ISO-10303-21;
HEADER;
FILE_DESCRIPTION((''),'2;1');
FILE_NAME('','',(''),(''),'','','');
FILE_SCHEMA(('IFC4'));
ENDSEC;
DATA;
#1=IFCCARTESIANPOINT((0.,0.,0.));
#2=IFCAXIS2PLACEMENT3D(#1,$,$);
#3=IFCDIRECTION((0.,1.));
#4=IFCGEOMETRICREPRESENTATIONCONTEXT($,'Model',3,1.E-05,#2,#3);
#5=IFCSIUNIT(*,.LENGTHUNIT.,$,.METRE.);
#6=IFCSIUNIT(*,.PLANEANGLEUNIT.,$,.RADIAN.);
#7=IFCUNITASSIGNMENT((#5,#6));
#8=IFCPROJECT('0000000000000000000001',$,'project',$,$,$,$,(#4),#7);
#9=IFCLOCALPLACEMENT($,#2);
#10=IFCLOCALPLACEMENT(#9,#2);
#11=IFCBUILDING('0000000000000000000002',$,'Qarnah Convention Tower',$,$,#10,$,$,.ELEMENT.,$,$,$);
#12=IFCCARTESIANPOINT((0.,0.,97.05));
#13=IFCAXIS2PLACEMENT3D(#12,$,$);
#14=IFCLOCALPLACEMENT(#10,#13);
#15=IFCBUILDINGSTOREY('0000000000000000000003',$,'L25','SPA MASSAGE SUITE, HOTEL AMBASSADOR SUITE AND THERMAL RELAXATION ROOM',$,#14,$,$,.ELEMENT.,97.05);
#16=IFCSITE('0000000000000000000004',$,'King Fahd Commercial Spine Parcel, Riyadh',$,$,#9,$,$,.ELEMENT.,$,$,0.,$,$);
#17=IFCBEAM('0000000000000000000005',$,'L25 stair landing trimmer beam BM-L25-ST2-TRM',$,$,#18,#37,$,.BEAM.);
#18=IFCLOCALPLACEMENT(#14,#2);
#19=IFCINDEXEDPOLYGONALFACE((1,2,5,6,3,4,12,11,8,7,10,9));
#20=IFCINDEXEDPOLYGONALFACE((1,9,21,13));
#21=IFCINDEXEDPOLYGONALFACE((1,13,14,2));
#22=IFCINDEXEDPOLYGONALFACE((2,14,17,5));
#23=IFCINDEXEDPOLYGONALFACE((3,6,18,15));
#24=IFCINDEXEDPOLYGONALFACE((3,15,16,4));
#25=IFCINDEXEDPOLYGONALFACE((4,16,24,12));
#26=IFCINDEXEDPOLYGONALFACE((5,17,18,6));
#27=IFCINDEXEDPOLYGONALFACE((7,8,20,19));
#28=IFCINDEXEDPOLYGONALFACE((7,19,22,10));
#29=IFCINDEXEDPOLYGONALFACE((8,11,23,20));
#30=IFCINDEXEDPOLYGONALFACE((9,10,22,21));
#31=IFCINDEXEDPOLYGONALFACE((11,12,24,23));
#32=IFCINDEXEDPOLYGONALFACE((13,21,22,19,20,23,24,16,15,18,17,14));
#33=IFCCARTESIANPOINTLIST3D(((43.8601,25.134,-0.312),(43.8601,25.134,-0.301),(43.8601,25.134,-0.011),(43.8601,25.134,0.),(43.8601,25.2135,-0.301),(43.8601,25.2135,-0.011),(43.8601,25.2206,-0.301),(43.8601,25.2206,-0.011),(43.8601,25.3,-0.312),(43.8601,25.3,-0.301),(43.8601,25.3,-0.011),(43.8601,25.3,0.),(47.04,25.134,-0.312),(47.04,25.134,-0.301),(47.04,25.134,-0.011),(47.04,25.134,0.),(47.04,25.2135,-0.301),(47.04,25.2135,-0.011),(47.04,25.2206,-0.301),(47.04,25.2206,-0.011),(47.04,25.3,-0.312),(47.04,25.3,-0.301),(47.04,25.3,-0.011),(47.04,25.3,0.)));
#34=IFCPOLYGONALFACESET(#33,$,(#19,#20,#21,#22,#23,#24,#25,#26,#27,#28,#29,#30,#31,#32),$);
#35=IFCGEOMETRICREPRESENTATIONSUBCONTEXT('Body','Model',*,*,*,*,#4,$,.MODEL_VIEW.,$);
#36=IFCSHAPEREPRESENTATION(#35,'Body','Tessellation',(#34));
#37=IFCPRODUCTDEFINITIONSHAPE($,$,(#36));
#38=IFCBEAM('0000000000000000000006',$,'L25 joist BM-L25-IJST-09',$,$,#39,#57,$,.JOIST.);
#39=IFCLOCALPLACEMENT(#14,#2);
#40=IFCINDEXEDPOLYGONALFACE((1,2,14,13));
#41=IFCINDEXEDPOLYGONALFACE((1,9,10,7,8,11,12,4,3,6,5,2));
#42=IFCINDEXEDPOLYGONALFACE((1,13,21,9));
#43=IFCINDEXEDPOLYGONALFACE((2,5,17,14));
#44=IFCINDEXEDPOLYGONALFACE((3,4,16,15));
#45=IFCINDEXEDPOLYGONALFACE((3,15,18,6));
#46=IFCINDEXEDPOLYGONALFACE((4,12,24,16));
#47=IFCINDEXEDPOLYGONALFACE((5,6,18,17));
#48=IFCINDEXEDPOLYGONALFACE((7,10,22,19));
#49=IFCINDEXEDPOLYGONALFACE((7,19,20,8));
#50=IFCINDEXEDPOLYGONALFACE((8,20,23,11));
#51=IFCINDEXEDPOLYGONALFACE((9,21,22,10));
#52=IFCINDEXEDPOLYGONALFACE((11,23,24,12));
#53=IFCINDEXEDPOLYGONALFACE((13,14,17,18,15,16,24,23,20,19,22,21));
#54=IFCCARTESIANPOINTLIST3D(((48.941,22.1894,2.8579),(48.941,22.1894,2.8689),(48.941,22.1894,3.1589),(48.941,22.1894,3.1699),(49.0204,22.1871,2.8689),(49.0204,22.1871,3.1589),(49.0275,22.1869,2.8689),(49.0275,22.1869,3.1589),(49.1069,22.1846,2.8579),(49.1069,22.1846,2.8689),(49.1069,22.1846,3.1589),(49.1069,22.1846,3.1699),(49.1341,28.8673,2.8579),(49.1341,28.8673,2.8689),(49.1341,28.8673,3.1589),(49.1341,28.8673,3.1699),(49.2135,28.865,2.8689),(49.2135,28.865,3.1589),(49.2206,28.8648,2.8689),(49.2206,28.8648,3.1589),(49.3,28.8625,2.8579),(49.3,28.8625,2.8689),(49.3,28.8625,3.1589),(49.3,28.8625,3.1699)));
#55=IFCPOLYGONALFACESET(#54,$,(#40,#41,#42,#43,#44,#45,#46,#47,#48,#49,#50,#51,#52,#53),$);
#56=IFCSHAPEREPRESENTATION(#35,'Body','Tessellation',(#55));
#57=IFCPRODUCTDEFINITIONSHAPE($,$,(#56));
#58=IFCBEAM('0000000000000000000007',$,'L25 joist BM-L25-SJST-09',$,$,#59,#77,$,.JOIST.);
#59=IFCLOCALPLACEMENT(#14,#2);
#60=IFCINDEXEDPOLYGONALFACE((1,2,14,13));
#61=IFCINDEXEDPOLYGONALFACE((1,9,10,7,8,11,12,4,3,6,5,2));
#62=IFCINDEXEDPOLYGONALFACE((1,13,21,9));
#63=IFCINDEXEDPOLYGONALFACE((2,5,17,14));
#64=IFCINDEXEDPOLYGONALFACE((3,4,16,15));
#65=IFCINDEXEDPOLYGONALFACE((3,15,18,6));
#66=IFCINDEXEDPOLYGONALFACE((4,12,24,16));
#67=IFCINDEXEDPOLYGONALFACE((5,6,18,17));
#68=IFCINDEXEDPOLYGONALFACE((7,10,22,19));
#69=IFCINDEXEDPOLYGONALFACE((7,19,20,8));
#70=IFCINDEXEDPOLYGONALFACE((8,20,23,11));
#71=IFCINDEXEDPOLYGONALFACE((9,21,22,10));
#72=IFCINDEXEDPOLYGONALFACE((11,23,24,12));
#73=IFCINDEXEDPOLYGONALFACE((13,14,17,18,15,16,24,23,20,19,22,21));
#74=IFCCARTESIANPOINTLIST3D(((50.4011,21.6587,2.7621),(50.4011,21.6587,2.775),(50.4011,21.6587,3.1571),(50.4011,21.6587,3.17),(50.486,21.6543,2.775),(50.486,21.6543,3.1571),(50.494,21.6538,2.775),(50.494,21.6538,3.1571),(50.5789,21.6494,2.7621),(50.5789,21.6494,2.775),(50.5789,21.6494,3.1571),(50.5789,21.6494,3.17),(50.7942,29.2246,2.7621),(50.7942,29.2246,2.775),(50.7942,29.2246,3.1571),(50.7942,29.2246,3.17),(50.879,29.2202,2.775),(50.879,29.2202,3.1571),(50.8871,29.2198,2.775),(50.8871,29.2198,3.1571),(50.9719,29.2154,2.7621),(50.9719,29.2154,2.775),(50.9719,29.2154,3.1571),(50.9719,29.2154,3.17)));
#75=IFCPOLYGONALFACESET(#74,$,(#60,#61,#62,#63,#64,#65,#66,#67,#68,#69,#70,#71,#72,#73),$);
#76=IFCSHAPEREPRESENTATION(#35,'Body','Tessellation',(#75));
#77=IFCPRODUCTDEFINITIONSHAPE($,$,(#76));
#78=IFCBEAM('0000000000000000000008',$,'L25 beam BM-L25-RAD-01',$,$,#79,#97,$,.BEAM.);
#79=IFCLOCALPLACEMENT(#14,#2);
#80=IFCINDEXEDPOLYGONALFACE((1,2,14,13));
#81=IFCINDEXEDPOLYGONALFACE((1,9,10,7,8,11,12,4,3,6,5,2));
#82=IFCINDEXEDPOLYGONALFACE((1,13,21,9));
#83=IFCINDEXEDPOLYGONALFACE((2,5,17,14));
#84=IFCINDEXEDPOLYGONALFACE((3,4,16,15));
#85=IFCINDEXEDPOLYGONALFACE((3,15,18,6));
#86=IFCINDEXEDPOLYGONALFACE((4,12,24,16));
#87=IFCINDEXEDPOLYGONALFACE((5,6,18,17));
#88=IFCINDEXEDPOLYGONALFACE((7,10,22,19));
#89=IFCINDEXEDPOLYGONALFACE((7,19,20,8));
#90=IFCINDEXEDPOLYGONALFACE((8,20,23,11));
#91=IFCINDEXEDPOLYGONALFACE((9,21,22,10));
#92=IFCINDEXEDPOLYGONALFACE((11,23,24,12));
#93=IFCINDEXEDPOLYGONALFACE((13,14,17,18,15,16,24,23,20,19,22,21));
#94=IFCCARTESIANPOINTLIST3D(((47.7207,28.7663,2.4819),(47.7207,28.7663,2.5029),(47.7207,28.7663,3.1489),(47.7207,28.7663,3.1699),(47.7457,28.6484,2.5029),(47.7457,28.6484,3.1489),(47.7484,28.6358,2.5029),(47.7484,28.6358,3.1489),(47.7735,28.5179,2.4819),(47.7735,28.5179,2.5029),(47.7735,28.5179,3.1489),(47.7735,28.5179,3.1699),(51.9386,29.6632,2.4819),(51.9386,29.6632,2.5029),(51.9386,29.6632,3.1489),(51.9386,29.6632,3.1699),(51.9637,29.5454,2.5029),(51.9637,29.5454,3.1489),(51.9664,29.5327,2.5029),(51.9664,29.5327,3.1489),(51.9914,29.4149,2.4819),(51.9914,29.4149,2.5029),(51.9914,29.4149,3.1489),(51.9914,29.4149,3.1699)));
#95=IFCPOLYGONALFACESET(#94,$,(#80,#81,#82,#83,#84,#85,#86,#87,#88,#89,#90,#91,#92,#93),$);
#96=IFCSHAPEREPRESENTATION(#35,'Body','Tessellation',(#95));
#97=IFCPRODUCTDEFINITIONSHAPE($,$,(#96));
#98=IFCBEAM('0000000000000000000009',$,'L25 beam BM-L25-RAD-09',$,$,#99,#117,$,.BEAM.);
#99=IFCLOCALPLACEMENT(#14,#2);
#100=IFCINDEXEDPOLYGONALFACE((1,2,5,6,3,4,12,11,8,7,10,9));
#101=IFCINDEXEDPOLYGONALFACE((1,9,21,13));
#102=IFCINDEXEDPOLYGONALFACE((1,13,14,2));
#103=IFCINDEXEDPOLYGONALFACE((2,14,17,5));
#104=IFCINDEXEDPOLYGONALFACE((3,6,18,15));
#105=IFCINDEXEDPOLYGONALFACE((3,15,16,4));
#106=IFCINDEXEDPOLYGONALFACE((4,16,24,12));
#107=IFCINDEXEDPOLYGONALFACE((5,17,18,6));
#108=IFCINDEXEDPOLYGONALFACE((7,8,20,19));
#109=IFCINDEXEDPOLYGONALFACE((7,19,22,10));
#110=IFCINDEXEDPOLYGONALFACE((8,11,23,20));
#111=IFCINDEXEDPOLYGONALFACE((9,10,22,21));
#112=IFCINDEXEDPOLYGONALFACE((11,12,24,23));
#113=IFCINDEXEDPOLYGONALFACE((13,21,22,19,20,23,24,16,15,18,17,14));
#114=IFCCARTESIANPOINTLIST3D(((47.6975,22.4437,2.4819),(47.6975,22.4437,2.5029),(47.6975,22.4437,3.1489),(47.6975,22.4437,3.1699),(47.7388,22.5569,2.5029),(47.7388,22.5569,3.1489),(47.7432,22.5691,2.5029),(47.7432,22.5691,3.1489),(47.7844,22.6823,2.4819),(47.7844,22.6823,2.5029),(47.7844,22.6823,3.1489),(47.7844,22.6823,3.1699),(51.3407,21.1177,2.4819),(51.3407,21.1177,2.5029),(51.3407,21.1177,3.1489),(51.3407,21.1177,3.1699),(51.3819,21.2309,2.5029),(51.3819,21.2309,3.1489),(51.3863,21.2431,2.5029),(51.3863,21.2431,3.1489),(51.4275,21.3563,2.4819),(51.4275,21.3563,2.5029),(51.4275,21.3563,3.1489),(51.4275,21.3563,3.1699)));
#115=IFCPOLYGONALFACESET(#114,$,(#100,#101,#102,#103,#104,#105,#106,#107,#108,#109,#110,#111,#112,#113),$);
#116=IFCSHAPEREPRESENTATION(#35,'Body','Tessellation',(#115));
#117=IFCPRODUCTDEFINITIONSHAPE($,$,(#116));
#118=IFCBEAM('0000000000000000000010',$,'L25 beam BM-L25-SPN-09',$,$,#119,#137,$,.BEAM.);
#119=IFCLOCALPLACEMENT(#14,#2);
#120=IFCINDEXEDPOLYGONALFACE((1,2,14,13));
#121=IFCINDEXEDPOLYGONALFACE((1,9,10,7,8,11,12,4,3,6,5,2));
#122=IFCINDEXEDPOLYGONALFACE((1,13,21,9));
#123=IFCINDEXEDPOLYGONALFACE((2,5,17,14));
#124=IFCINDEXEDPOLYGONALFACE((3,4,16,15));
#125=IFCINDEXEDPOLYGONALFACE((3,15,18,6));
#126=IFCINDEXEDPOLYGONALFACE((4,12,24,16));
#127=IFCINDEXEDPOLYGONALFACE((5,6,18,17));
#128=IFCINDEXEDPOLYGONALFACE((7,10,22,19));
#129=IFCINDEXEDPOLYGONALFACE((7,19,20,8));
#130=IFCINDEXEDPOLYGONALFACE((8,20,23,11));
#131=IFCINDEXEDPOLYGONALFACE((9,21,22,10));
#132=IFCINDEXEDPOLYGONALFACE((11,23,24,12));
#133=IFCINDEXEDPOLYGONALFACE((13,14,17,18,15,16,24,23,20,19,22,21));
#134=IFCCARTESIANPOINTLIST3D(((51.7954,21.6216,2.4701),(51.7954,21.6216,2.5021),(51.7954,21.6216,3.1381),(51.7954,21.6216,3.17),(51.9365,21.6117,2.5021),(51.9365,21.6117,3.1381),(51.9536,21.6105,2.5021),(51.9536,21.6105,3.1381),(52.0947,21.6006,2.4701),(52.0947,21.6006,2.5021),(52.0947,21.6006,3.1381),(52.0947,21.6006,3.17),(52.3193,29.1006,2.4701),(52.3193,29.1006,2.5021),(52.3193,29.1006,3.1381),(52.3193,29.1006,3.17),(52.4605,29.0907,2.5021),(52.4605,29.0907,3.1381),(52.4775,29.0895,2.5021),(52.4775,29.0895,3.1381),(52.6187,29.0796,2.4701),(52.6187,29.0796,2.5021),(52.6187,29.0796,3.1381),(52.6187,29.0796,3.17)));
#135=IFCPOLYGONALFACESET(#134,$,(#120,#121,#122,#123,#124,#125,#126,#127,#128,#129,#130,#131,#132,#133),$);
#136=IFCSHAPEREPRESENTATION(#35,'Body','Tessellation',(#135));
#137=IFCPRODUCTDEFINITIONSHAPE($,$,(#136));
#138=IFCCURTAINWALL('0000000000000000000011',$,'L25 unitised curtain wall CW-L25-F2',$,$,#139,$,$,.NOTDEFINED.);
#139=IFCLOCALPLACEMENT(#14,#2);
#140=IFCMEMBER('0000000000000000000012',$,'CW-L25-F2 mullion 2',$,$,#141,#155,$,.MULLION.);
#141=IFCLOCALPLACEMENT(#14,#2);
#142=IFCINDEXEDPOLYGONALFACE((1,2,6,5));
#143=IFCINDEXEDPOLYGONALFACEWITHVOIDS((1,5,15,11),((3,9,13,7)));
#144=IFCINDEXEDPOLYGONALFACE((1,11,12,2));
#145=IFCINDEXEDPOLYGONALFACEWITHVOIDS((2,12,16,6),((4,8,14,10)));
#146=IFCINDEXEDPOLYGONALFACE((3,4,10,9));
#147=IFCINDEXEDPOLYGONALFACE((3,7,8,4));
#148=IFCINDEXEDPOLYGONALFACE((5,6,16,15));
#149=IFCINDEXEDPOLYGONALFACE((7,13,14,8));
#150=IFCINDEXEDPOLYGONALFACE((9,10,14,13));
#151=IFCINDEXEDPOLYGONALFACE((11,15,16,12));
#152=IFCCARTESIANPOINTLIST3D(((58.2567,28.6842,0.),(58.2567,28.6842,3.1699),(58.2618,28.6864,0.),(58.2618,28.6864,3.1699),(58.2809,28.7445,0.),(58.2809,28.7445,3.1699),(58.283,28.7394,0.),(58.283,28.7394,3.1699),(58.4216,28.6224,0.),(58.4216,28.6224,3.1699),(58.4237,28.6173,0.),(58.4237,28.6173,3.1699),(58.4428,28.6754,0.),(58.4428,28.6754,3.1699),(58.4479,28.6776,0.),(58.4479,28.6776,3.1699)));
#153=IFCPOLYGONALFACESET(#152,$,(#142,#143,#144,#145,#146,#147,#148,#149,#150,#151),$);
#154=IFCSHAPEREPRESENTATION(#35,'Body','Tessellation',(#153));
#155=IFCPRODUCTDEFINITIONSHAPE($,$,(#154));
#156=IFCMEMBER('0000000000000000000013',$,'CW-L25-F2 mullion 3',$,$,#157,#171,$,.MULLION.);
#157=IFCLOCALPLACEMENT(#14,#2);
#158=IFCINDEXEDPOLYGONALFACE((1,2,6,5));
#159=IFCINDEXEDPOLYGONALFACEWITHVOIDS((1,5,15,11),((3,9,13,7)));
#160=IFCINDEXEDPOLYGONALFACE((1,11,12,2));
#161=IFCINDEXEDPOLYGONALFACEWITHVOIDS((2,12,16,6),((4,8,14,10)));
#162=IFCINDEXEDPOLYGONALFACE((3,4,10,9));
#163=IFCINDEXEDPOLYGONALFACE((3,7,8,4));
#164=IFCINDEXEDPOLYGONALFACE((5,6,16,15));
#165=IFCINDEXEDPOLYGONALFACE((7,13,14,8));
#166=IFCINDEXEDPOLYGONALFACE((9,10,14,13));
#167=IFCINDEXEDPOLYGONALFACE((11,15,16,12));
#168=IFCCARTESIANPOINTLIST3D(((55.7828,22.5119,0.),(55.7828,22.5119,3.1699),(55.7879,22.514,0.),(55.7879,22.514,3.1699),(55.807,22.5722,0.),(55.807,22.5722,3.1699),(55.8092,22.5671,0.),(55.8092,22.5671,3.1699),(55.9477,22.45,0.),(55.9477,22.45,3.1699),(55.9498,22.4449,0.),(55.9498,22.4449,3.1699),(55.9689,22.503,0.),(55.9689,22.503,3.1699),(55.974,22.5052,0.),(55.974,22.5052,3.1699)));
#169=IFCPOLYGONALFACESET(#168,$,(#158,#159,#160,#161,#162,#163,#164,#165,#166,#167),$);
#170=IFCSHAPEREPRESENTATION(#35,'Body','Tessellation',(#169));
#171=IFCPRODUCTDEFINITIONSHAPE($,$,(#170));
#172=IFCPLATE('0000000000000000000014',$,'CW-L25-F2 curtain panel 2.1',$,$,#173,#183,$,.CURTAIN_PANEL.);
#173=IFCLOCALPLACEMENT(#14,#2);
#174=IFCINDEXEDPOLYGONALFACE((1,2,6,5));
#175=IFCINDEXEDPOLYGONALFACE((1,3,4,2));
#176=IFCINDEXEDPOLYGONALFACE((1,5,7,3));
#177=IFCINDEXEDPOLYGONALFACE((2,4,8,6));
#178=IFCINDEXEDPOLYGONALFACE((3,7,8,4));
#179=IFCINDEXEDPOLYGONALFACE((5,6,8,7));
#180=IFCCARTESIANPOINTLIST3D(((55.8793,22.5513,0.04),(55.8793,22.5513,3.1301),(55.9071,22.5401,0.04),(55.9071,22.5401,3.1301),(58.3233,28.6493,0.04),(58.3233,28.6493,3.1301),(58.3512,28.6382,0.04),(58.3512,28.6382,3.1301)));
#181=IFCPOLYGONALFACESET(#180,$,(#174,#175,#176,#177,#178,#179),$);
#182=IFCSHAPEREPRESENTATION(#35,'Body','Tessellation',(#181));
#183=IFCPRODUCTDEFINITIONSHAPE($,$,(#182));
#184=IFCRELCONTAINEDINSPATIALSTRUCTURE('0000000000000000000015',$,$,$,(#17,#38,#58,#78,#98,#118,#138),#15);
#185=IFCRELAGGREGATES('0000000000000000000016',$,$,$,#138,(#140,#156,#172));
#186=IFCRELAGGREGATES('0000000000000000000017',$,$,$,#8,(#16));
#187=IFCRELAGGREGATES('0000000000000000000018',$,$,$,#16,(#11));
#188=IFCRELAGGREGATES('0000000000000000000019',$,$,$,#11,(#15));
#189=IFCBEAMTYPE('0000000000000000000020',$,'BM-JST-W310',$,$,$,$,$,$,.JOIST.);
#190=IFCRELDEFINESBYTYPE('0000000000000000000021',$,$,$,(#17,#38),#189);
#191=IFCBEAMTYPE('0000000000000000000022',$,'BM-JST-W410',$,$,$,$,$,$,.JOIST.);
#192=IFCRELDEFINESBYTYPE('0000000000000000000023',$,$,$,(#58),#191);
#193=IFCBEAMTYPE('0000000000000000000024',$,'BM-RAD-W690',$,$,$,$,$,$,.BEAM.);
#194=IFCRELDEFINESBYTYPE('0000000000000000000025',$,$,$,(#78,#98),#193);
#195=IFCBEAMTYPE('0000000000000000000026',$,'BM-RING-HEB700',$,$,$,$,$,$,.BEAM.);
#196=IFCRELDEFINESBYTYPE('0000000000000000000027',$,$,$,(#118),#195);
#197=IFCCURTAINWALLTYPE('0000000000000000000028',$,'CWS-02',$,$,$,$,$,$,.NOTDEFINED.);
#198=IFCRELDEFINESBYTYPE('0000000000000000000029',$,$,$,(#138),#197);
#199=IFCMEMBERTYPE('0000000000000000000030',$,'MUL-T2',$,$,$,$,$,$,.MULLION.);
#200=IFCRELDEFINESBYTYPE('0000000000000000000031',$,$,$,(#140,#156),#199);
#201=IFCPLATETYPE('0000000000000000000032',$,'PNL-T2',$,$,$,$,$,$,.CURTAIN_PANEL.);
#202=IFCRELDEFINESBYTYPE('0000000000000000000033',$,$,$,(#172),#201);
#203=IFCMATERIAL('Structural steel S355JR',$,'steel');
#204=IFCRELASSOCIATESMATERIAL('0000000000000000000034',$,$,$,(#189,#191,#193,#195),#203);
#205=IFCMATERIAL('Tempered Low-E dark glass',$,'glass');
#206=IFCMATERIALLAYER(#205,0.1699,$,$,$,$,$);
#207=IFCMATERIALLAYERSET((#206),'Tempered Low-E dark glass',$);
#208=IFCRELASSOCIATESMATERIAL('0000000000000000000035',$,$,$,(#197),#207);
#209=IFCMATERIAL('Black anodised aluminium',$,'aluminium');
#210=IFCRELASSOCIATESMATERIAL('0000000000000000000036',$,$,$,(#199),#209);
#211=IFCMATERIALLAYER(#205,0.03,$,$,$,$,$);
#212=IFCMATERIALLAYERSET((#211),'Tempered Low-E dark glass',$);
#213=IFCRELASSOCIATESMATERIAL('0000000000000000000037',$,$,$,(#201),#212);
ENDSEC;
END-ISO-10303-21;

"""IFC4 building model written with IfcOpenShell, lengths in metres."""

from ifc_helpers import new_model, si_unit, direction, frame, origin, origin_2d, place, context, subcontext, project, spatial, rectangle, hollow_rectangle, i_section, extrude, material, layer, layer_set, material_profile, profile_set, type_object, element, aggregate, save


model = new_model("IFC4")

# Units and contexts
model_context = context("Model", 3, precision=1e-05, world=origin(), true_north=direction((0.0, 1.0)))
body_context = subcontext(model_context, "Body", "Model", "MODEL_VIEW")
ifc_project = project(units=[si_unit("LENGTHUNIT", "METRE"), si_unit("PLANEANGLEUNIT", "RADIAN")], contexts=[model_context])

# Site, building, storey
site_placement = place(None, origin())
site = spatial("IfcSite", under=ifc_project, at=site_placement, Name="King Fahd Commercial Spine Parcel, Riyadh", CompositionType="ELEMENT", RefElevation=0.0)
building_placement = place(site_placement, origin())
building = spatial("IfcBuilding", under=site, at=building_placement, Name="Qarnah Convention Tower", CompositionType="ELEMENT")
storey_placement = place(building_placement, frame((0.0, 0.0, 97.05)))
storey = spatial("IfcBuildingStorey", under=building, at=storey_placement, Name="L25", Description="SPA MASSAGE SUITE, HOTEL AMBASSADOR SUITE AND THERMAL RELAXATION ROOM", CompositionType="ELEMENT", Elevation=97.05)

# Beams
ifc_material_1 = material(Name="Structural steel S355JR", Category="steel")
ifc_material_profile_1 = material_profile(ifc_material_1, i_section(OverallWidth=0.166, OverallDepth=0.312, WebThickness=0.0071, FlangeThickness=0.011, at=origin_2d()), Name="W310X45")
ifc_profile_set_1 = profile_set([ifc_material_profile_1], Name="Structural steel S355JR")
beam_type_1 = type_object("IfcBeamType", Name="BM-JST-W310", PredefinedType="JOIST", material=ifc_profile_set_1)
beam_1_placement = place(storey_placement, frame((43.8601, 25.217, -0.156), z_axis=(1.0, 0.0, 0.0), x_axis=(0.0, 1.0, 0.0)))
element("IfcBeam", 1, at=beam_1_placement, inside=storey, type_object=beam_type_1, Name="L25 stair landing trimmer beam BM-L25-ST2-TRM", PredefinedType="BEAM", context=body_context, shape_type="SweptSolid", body=[
    extrude(i_section(OverallWidth=0.166, OverallDepth=0.312, WebThickness=0.0071, FlangeThickness=0.011, at=origin_2d()), origin(), (0.0, 0.0, 1.0), 3.1799),
])
beam_2_placement = place(storey_placement, frame((49.0239, 22.187, 3.0139), z_axis=(0.028906, 0.999582, 0.0), x_axis=(-0.999582, 0.028906, 0.0)))
element("IfcBeam", 2, at=beam_2_placement, inside=storey, type_object=beam_type_1, Name="L25 joist BM-L25-IJST-09", PredefinedType="JOIST", context=body_context, shape_type="SweptSolid", body=[
    extrude(i_section(OverallWidth=0.166, OverallDepth=0.312, WebThickness=0.0071, FlangeThickness=0.011, at=origin_2d()), origin(), (0.0, 0.0, 1.0), 6.6807),
])
ifc_material_profile_2 = material_profile(ifc_material_1, i_section(OverallWidth=0.178, OverallDepth=0.408, WebThickness=0.0081, FlangeThickness=0.0129, at=origin_2d()), Name="W410X60")
ifc_profile_set_2 = profile_set([ifc_material_profile_2], Name="Structural steel S355JR")
beam_type_2 = type_object("IfcBeamType", Name="BM-JST-W410", PredefinedType="JOIST", material=ifc_profile_set_2)
beam_3_placement = place(storey_placement, frame((50.49, 21.6541, 2.9661), z_axis=(0.051882, 0.998653, 0.0), x_axis=(-0.998653, 0.051882, 0.0)))
element("IfcBeam", 3, at=beam_3_placement, inside=storey, type_object=beam_type_2, Name="L25 joist BM-L25-SJST-09", PredefinedType="JOIST", context=body_context, shape_type="SweptSolid", body=[
    extrude(i_section(OverallWidth=0.178, OverallDepth=0.408, WebThickness=0.0081, FlangeThickness=0.0129, at=origin_2d()), origin(), (0.0, 0.0, 1.0), 7.5762),
])
ifc_material_profile_3 = material_profile(ifc_material_1, i_section(OverallWidth=0.2539, OverallDepth=0.688, WebThickness=0.0129, FlangeThickness=0.021, at=origin_2d()), Name="W690X152")
ifc_profile_set_3 = profile_set([ifc_material_profile_3], Name="Structural steel S355JR")
beam_type_3 = type_object("IfcBeamType", Name="BM-RAD-W690", PredefinedType="BEAM", material=ifc_profile_set_3)
beam_4_placement = place(storey_placement, frame((47.7471, 28.6421, 2.8259), z_axis=(0.978128, 0.208002, 0.0), x_axis=(-0.208002, 0.978128, 0.0)))
element("IfcBeam", 4, at=beam_4_placement, inside=storey, type_object=beam_type_3, Name="L25 beam BM-L25-RAD-01", PredefinedType="BEAM", context=body_context, shape_type="SweptSolid", body=[
    extrude(i_section(OverallWidth=0.2539, OverallDepth=0.688, WebThickness=0.0129, FlangeThickness=0.021, at=origin_2d()), origin(), (0.0, 0.0, 1.0), 4.3123),
])
beam_5_placement = place(storey_placement, frame((47.741, 22.563, 2.8259), z_axis=(0.939696, -0.342011, 0.0), x_axis=(0.342011, 0.939696, 0.0)))
element("IfcBeam", 5, at=beam_5_placement, inside=storey, type_object=beam_type_3, Name="L25 beam BM-L25-RAD-09", PredefinedType="BEAM", context=body_context, shape_type="SweptSolid", body=[
    extrude(i_section(OverallWidth=0.2539, OverallDepth=0.688, WebThickness=0.0129, FlangeThickness=0.021, at=origin_2d()), origin(), (0.0, 0.0, 1.0), 3.877),
])
ifc_material_profile_4 = material_profile(ifc_material_1, i_section(OverallWidth=0.3, OverallDepth=0.7, WebThickness=0.0171, FlangeThickness=0.032, at=origin_2d()), Name="HEB700")
ifc_profile_set_4 = profile_set([ifc_material_profile_4], Name="Structural steel S355JR")
beam_type_4 = type_object("IfcBeamType", Name="BM-RING-HEB700", PredefinedType="BEAM", material=ifc_profile_set_4)
beam_6_placement = place(storey_placement, frame((51.9451, 21.6111, 2.8201), z_axis=(0.069882, 0.997555, 0.0), x_axis=(-0.997555, 0.069882, 0.0)))
element("IfcBeam", 6, at=beam_6_placement, inside=storey, type_object=beam_type_4, Name="L25 beam BM-L25-SPN-09", PredefinedType="BEAM", context=body_context, shape_type="SweptSolid", body=[
    extrude(i_section(OverallWidth=0.3, OverallDepth=0.7, WebThickness=0.0171, FlangeThickness=0.032, at=origin_2d()), origin(), (0.0, 0.0, 1.0), 7.4973),
])

# Curtain wall, members, plate
ifc_material_2 = material(Name="Tempered Low-E dark glass", Category="glass")
ifc_layer_1 = layer(ifc_material_2, 0.1699)
ifc_layer_set_1 = layer_set([ifc_layer_1], Name="Tempered Low-E dark glass")
curtain_wall_type = type_object("IfcCurtainWallType", Name="CWS-02", PredefinedType="NOTDEFINED", material=ifc_layer_set_1)
curtain_wall_placement = place(storey_placement, origin())
curtain_wall = element("IfcCurtainWall", 7, at=curtain_wall_placement, inside=storey, type_object=curtain_wall_type, Name="L25 unitised curtain wall CW-L25-F2", PredefinedType="NOTDEFINED")
ifc_material_3 = material(Name="Black anodised aluminium", Category="aluminium")
ifc_material_profile_5 = material_profile(ifc_material_3, hollow_rectangle(XDim=0.0649, YDim=0.1799, WallThickness=0.0039, at=origin_2d()), Name="MUL-65X180")
ifc_profile_set_5 = profile_set([ifc_material_profile_5], Name="Black anodised aluminium")
member_type = type_object("IfcMemberType", Name="MUL-T2", PredefinedType="MULLION", material=ifc_profile_set_5)
member_1_placement = place(storey_placement, frame((58.3523, 28.6809, 0.0), z_axis=(0.0, 0.0, 1.0), x_axis=(-0.372028, -0.928221, 0.0)))
member_1 = element("IfcMember", 8, at=member_1_placement, type_object=member_type, Name="CW-L25-F2 mullion 2", PredefinedType="MULLION", context=body_context, shape_type="SweptSolid", body=[
    extrude(hollow_rectangle(XDim=0.0649, YDim=0.1799, WallThickness=0.0039, at=origin_2d()), origin(), (0.0, 0.0, 1.0), 3.1699),
])
member_2_placement = place(storey_placement, frame((55.8784, 22.5085, 0.0), z_axis=(0.0, 0.0, 1.0), x_axis=(-0.372028, -0.928221, 0.0)))
member_2 = element("IfcMember", 9, at=member_2_placement, type_object=member_type, Name="CW-L25-F2 mullion 3", PredefinedType="MULLION", context=body_context, shape_type="SweptSolid", body=[
    extrude(hollow_rectangle(XDim=0.0649, YDim=0.1799, WallThickness=0.0039, at=origin_2d()), origin(), (0.0, 0.0, 1.0), 3.1699),
])
ifc_layer_2 = layer(ifc_material_2, 0.03)
ifc_layer_set_2 = layer_set([ifc_layer_2], Name="Tempered Low-E dark glass")
plate_type = type_object("IfcPlateType", Name="PNL-T2", PredefinedType="CURTAIN_PANEL", material=ifc_layer_set_2)
plate_placement = place(storey_placement, frame((57.1152, 25.5947, 0.04), z_axis=(0.0, 0.0, 1.0), x_axis=(-0.372028, -0.928221, 0.0)))
plate = element("IfcPlate", 10, at=plate_placement, type_object=plate_type, Name="CW-L25-F2 curtain panel 2.1", PredefinedType="CURTAIN_PANEL", context=body_context, shape_type="SweptSolid", body=[
    extrude(rectangle(XDim=6.5696, YDim=0.03, at=origin_2d()), origin(), (0.0, 0.0, 1.0), 3.0901),
])
aggregate(curtain_wall, [member_1, member_2, plate])

save(model, "model.ifc")
